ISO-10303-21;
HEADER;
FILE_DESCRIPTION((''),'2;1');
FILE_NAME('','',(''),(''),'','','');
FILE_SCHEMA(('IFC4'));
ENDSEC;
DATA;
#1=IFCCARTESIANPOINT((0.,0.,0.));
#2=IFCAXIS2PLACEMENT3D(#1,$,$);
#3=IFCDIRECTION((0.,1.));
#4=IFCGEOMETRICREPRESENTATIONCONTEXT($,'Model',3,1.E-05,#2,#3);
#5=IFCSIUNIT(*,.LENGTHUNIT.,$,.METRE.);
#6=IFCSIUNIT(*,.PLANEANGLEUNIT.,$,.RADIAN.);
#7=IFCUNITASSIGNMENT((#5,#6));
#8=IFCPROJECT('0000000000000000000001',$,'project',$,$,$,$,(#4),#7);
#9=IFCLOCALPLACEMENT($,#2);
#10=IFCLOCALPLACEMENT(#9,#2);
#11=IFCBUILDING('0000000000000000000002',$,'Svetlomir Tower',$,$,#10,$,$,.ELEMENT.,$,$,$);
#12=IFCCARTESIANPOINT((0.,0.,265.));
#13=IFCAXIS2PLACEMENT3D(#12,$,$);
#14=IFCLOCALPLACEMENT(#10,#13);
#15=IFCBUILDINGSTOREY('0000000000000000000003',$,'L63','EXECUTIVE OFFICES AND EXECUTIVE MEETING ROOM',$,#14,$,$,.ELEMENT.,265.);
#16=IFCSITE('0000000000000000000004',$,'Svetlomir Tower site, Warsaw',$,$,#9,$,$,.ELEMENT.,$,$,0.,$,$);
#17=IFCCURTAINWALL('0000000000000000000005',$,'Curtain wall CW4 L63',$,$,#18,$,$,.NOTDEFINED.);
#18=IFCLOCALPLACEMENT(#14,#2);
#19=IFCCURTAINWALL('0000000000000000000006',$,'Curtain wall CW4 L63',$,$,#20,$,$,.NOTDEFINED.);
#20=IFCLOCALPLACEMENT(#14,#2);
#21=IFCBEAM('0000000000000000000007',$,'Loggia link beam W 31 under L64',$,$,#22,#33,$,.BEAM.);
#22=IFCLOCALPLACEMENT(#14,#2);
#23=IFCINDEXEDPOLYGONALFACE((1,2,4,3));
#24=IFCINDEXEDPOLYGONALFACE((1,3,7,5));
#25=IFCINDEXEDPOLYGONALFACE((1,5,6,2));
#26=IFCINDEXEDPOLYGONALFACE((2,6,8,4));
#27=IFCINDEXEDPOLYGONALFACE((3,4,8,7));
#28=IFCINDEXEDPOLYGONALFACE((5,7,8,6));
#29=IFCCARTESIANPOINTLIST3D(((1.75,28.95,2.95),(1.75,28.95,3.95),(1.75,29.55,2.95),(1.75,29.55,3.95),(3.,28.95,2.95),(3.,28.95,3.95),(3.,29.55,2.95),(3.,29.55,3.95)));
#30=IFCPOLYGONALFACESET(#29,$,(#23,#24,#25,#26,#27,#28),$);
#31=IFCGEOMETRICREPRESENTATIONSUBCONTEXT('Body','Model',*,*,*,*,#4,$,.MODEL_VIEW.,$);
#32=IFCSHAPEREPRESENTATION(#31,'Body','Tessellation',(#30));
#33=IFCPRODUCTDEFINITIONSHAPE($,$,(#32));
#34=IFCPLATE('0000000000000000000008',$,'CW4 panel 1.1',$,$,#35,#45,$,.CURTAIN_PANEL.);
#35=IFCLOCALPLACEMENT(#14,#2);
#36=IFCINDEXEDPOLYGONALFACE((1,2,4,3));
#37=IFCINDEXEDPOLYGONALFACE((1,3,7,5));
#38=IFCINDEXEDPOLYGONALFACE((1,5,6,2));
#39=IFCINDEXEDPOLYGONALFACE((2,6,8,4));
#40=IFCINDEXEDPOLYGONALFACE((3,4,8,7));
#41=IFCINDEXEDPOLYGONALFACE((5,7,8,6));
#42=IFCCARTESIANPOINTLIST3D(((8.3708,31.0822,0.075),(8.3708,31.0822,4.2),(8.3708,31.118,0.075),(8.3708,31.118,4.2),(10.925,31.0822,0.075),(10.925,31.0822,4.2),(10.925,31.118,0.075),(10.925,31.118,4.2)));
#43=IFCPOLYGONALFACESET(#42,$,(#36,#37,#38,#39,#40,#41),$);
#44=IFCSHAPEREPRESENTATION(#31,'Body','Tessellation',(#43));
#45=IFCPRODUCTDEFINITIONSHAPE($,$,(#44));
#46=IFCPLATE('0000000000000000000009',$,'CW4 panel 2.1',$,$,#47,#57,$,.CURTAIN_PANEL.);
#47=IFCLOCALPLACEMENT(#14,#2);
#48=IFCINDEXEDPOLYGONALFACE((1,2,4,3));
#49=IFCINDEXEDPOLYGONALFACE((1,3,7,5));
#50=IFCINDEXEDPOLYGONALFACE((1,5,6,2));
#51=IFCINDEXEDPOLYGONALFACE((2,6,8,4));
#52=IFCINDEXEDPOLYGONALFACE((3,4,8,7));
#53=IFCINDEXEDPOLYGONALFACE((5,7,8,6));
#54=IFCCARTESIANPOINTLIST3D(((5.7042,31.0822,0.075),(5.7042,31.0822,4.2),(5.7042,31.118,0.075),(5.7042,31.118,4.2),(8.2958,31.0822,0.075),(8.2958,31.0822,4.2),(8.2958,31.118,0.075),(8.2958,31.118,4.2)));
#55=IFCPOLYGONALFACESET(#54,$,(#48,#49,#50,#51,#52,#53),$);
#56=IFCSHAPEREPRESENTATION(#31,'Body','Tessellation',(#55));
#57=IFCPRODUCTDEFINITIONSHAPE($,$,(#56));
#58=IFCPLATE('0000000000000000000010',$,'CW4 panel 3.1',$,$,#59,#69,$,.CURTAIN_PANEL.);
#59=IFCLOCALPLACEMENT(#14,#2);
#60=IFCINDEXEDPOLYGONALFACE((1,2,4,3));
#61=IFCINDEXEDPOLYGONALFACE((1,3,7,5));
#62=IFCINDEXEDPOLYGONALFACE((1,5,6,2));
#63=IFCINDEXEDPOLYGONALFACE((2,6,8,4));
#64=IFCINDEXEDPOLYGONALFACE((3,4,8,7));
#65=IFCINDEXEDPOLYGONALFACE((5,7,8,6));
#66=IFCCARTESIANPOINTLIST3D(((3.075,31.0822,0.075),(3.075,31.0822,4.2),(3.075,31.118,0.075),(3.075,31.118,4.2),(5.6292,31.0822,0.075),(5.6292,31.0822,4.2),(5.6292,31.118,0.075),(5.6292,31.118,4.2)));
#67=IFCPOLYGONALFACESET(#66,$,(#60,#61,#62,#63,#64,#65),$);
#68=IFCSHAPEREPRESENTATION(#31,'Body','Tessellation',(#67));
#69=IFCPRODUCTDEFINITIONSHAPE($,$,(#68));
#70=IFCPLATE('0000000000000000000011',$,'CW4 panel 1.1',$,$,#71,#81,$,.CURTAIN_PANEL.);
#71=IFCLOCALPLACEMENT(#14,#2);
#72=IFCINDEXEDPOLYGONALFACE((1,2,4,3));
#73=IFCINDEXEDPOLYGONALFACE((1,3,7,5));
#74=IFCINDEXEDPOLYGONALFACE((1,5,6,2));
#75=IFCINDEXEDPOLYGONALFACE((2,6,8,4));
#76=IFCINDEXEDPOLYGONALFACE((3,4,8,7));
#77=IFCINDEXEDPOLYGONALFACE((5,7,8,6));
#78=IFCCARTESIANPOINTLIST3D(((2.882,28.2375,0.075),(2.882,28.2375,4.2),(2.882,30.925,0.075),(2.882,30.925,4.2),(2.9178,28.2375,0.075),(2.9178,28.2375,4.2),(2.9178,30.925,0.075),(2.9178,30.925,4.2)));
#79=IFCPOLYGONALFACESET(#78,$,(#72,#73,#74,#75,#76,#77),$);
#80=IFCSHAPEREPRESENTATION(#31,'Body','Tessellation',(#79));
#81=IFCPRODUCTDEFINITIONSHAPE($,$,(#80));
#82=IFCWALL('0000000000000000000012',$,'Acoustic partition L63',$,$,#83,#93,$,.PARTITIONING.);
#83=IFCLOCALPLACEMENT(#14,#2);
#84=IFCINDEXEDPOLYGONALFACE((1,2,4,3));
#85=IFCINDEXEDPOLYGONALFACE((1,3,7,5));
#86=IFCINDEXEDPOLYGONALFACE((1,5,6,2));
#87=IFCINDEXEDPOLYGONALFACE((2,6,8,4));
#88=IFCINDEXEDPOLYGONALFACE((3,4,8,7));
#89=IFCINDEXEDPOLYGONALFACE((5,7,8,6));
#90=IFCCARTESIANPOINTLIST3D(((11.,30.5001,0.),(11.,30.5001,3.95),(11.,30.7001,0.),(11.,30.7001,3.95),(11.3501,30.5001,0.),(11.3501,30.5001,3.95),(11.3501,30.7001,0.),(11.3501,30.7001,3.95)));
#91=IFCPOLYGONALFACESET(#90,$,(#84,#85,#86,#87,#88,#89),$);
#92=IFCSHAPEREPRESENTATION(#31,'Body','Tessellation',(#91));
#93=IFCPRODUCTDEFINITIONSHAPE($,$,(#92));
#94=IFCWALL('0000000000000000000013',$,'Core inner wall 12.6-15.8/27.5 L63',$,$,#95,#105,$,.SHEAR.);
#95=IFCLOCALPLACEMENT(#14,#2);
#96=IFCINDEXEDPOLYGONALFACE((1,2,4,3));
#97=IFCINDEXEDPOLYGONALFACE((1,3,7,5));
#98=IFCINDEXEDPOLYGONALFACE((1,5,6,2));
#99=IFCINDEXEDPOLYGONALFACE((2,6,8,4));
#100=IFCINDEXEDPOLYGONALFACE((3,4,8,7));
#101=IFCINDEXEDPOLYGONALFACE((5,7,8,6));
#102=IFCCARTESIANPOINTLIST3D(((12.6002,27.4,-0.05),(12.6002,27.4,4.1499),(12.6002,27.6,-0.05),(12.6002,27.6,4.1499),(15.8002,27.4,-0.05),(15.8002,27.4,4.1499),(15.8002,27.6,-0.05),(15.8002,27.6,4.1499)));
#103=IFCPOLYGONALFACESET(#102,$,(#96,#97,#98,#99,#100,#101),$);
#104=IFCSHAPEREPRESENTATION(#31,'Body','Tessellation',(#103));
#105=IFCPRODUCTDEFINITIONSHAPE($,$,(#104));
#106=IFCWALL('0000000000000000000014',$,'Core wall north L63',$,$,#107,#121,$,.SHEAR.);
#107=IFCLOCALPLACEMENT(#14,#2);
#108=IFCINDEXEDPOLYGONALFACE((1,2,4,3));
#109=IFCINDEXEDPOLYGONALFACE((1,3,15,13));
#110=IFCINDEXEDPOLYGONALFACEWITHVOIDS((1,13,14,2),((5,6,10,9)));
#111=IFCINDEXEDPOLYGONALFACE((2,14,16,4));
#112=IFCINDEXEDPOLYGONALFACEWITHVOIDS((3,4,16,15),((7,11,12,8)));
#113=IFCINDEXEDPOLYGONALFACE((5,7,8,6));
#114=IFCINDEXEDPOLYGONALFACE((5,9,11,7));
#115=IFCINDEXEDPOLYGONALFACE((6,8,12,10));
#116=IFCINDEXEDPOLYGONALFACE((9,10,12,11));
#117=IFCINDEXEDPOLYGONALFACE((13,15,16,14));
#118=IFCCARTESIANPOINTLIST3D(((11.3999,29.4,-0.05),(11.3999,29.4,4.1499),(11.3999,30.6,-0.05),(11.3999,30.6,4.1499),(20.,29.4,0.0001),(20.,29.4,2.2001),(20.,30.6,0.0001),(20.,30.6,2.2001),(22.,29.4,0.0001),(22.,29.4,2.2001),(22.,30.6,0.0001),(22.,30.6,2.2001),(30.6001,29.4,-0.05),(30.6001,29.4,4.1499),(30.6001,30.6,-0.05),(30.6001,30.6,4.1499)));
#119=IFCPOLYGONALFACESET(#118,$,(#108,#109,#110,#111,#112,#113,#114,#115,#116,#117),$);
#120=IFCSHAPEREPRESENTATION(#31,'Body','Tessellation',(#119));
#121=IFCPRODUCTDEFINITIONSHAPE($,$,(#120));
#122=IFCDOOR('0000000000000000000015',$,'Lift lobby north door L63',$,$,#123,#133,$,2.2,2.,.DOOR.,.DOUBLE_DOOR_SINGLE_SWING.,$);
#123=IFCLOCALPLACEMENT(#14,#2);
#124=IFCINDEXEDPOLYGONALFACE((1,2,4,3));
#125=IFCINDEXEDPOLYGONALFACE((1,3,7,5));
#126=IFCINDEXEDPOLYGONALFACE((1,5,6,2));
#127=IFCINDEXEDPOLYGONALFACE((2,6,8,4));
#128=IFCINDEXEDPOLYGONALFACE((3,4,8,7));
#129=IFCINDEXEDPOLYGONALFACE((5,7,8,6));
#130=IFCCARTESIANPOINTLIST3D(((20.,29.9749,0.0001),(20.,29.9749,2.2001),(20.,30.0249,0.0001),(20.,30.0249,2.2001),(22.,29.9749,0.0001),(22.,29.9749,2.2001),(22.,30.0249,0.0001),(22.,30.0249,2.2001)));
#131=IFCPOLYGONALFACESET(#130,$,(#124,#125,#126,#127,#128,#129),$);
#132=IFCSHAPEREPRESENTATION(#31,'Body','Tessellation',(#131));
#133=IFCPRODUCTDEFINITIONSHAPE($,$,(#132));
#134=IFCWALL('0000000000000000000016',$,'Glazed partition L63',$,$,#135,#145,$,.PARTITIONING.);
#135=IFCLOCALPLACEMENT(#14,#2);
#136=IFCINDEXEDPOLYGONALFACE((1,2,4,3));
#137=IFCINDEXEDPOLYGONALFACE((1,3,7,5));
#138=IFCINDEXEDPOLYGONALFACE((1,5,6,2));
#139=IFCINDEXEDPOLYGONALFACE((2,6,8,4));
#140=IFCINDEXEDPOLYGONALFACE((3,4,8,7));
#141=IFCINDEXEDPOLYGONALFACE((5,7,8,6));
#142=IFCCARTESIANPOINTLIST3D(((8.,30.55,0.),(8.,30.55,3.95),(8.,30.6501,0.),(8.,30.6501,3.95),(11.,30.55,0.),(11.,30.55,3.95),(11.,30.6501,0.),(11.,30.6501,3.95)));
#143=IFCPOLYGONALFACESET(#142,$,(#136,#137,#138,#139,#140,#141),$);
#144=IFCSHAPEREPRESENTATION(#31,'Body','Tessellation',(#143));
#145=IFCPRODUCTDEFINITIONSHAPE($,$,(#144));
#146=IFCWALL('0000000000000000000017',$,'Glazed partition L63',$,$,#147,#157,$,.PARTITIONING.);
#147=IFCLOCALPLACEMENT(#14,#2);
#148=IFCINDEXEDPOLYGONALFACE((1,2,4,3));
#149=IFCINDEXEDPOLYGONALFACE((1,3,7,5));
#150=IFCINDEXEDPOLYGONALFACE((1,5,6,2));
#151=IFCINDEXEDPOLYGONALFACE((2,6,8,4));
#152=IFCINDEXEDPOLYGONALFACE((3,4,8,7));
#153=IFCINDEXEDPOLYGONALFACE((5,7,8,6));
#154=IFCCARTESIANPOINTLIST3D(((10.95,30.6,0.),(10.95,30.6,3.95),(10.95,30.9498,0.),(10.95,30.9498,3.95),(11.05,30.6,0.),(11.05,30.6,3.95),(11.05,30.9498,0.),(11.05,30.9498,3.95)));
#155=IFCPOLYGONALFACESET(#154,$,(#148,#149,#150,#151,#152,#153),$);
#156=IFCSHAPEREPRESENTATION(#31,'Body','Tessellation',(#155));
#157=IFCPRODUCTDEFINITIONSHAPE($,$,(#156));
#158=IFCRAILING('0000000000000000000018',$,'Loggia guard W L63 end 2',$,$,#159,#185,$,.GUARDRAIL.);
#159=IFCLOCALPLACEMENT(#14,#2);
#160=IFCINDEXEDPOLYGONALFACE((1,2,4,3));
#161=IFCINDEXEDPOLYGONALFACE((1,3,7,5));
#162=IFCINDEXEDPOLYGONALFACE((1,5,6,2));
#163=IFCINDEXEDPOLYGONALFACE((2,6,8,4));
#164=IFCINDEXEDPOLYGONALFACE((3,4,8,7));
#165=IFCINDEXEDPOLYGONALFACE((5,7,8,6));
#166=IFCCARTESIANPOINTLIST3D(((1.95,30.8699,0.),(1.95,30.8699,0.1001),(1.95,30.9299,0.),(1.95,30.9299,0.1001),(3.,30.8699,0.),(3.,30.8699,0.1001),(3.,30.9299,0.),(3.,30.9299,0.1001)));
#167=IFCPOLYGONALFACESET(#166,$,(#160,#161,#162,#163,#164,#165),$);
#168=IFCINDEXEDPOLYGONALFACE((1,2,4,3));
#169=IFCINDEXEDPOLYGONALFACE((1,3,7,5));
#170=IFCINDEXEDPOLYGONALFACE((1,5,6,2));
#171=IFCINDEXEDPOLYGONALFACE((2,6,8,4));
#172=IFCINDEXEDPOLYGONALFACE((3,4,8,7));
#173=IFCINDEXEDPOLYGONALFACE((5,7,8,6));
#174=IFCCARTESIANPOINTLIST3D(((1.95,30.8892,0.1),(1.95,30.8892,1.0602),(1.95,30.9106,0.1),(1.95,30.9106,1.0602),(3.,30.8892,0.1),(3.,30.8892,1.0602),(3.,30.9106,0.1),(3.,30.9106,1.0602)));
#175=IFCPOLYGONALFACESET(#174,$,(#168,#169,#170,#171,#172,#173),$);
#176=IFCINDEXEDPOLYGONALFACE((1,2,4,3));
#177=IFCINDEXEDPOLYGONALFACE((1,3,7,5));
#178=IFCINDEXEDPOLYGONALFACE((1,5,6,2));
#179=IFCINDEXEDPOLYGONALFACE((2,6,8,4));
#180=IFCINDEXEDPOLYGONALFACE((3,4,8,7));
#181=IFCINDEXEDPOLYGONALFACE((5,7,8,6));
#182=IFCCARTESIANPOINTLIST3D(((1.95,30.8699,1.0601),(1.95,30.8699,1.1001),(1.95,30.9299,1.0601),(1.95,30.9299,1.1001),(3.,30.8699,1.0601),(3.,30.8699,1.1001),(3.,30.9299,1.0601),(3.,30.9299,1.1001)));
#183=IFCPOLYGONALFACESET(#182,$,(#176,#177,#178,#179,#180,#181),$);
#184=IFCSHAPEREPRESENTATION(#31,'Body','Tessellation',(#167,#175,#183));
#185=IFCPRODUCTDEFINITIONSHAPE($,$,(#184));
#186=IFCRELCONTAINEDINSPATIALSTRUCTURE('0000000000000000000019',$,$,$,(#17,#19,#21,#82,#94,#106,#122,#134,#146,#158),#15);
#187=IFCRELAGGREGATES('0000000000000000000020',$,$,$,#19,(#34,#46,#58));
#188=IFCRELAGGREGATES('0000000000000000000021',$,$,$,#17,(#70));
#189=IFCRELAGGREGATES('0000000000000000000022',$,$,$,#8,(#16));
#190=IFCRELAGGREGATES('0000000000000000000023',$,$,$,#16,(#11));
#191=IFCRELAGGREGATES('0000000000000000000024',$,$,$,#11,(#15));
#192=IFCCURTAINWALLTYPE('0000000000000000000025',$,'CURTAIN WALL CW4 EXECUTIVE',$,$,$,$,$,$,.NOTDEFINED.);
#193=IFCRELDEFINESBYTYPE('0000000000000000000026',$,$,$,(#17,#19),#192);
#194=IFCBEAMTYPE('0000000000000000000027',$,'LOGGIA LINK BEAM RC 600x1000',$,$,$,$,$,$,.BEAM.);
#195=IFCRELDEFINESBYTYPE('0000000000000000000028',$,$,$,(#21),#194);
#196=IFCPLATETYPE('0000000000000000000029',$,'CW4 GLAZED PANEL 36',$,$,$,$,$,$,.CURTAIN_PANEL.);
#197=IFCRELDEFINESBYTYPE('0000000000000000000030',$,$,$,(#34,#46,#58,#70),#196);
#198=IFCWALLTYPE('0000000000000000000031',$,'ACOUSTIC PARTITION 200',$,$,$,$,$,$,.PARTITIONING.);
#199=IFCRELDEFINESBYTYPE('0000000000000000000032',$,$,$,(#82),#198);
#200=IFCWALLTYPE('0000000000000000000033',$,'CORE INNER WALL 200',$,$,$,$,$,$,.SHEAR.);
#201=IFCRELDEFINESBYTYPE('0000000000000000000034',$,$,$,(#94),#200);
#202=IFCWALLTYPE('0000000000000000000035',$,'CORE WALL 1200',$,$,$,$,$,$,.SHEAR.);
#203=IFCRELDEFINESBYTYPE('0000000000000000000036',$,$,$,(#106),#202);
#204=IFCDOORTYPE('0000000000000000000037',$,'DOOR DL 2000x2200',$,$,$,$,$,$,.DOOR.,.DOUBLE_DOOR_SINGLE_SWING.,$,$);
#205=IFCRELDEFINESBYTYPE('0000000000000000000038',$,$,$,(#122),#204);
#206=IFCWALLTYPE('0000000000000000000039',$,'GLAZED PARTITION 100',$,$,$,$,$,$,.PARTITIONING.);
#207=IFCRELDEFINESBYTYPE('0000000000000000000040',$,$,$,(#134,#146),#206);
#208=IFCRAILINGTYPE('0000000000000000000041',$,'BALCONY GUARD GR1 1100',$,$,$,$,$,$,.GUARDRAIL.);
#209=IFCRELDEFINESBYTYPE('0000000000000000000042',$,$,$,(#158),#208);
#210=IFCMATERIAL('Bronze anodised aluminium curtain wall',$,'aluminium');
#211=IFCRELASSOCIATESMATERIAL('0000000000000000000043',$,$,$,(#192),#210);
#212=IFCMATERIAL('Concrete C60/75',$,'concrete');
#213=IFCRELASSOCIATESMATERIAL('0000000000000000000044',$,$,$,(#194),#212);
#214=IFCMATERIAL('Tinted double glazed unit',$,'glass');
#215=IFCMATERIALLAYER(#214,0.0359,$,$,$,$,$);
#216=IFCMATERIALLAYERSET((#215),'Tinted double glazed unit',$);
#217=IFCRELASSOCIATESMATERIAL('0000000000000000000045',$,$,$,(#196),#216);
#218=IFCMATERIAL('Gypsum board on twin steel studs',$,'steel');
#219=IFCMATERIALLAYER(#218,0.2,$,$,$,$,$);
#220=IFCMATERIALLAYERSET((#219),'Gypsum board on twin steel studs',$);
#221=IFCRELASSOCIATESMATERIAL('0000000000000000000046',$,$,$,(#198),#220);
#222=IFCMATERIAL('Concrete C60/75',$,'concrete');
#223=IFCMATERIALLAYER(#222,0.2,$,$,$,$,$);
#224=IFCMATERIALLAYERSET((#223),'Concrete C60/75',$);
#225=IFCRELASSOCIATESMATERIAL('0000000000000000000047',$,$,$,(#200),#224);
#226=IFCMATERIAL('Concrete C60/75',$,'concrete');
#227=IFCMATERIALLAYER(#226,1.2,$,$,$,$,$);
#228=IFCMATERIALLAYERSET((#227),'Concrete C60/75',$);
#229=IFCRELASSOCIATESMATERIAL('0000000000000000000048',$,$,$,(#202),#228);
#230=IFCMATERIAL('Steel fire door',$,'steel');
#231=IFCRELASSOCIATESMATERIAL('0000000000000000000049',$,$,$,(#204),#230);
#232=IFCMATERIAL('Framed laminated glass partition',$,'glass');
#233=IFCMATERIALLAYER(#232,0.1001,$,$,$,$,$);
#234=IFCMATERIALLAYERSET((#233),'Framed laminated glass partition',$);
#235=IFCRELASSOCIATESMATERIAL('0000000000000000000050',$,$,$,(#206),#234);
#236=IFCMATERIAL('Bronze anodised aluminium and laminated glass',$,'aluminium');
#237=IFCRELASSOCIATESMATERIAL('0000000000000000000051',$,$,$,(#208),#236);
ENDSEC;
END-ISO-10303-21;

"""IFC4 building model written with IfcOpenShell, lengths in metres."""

from ifc_helpers import new_model, si_unit, direction, frame, frame_2d, origin, origin_2d, place, context, subcontext, project, spatial, rectangle, extrude, material, layer, layer_set, material_profile, profile_set, type_object, element, fill, aggregate, save


model = new_model("IFC4")

# Units and contexts
model_context = context("Model", 3, precision=1e-05, world=origin(), true_north=direction((0.0, 1.0)))
body_context = subcontext(model_context, "Body", "Model", "MODEL_VIEW")
ifc_project = project(units=[si_unit("LENGTHUNIT", "METRE"), si_unit("PLANEANGLEUNIT", "RADIAN")], contexts=[model_context])

# Site, building, storey
site_placement = place(None, origin())
site = spatial("IfcSite", under=ifc_project, at=site_placement, Name="Svetlomir Tower site, Warsaw", CompositionType="ELEMENT", RefElevation=0.0)
building_placement = place(site_placement, origin())
building = spatial("IfcBuilding", under=site, at=building_placement, Name="Svetlomir Tower", CompositionType="ELEMENT")
storey_placement = place(building_placement, frame((0.0, 0.0, 265.0)))
storey = spatial("IfcBuildingStorey", under=building, at=storey_placement, Name="L63", Description="EXECUTIVE OFFICES AND EXECUTIVE MEETING ROOM", CompositionType="ELEMENT", Elevation=265.0)

# Curtain wall
ifc_material_1 = material(Name="Bronze anodised aluminium curtain wall", Category="aluminium")
curtain_wall_type = type_object("IfcCurtainWallType", Name="CURTAIN WALL CW4 EXECUTIVE", PredefinedType="NOTDEFINED", material=ifc_material_1)
curtain_wall_1_placement = place(storey_placement, origin())
curtain_wall_1 = element("IfcCurtainWall", 1, at=curtain_wall_1_placement, inside=storey, type_object=curtain_wall_type, Name="Curtain wall CW4 L63", PredefinedType="NOTDEFINED")

# Curtain wall
curtain_wall_2_placement = place(storey_placement, origin())
curtain_wall_2 = element("IfcCurtainWall", 2, at=curtain_wall_2_placement, inside=storey, type_object=curtain_wall_type, Name="Curtain wall CW4 L63", PredefinedType="NOTDEFINED")

# Beam
ifc_material_2 = material(Name="Concrete C60/75", Category="concrete")
ifc_material_profile_1 = material_profile(ifc_material_2, rectangle(XDim=0.6001, YDim=1.0, at=origin_2d()), Name="RC 600x1000")
ifc_profile_set_1 = profile_set([ifc_material_profile_1], Name="Concrete C60/75")
beam_type_1 = type_object("IfcBeamType", Name="LOGGIA LINK BEAM RC 600x1000", PredefinedType="BEAM", material=ifc_profile_set_1)
beam_1_placement = place(storey_placement, frame((1.75, 29.25, 3.45), z_axis=(1.0, 0.0, 0.0), x_axis=(0.0, 1.0, 0.0)))
element("IfcBeam", 3, at=beam_1_placement, inside=storey, type_object=beam_type_1, Name="Loggia link beam W 31 under L64", PredefinedType="BEAM", context=body_context, shape_type="SweptSolid", body=[
    extrude(rectangle(XDim=0.6001, YDim=1.0, at=origin_2d()), origin(), (0.0, 0.0, 1.0), 1.25),
])

# Plates
ifc_material_3 = material(Name="Tinted double glazed unit", Category="glass")
ifc_layer_1 = layer(ifc_material_3, 0.0359)
ifc_layer_set_1 = layer_set([ifc_layer_1], Name="Tinted double glazed unit")
plate_type = type_object("IfcPlateType", Name="CW4 GLAZED PANEL 36", PredefinedType="CURTAIN_PANEL", material=ifc_layer_set_1)
plate_1_placement = place(storey_placement, frame((9.6479, 31.1001, 0.075), z_axis=(0.0, 0.0, 1.0), x_axis=(-1.0, 0.0, 0.0)))
plate_1 = element("IfcPlate", 4, at=plate_1_placement, type_object=plate_type, Name="CW4 panel 1.1", PredefinedType="CURTAIN_PANEL", context=body_context, shape_type="SweptSolid", body=[
    extrude(rectangle(XDim=2.5542, YDim=0.0359, at=origin_2d()), origin(), (0.0, 0.0, 1.0), 4.125),
])
plate_2_placement = place(storey_placement, frame((7.0, 31.1001, 0.075), z_axis=(0.0, 0.0, 1.0), x_axis=(-1.0, 0.0, 0.0)))
plate_2 = element("IfcPlate", 5, at=plate_2_placement, type_object=plate_type, Name="CW4 panel 2.1", PredefinedType="CURTAIN_PANEL", context=body_context, shape_type="SweptSolid", body=[
    extrude(rectangle(XDim=2.5916, YDim=0.0359, at=origin_2d()), origin(), (0.0, 0.0, 1.0), 4.125),
])
plate_3_placement = place(storey_placement, frame((4.3521, 31.1001, 0.075), z_axis=(0.0, 0.0, 1.0), x_axis=(-1.0, 0.0, 0.0)))
plate_3 = element("IfcPlate", 6, at=plate_3_placement, type_object=plate_type, Name="CW4 panel 3.1", PredefinedType="CURTAIN_PANEL", context=body_context, shape_type="SweptSolid", body=[
    extrude(rectangle(XDim=2.5542, YDim=0.0359, at=origin_2d()), origin(), (0.0, 0.0, 1.0), 4.125),
])
aggregate(curtain_wall_2, [plate_1, plate_2, plate_3])
plate_4_placement = place(storey_placement, frame((2.8999, 29.5813, 0.075), z_axis=(0.0, 0.0, 1.0), x_axis=(0.0, -1.0, 0.0)))
plate_4 = element("IfcPlate", 7, at=plate_4_placement, type_object=plate_type, Name="CW4 panel 1.1", PredefinedType="CURTAIN_PANEL", context=body_context, shape_type="SweptSolid", body=[
    extrude(rectangle(XDim=2.6875, YDim=0.0359, at=origin_2d()), origin(), (0.0, 0.0, 1.0), 4.125),
])
aggregate(curtain_wall_1, [plate_4])

# Walls
ifc_material_4 = material(Name="Gypsum board on twin steel studs", Category="steel")
ifc_layer_2 = layer(ifc_material_4, 0.2)
ifc_layer_set_2 = layer_set([ifc_layer_2], Name="Gypsum board on twin steel studs")
wall_type_1 = type_object("IfcWallType", Name="ACOUSTIC PARTITION 200", PredefinedType="PARTITIONING", material=ifc_layer_set_2)
wall_1_placement = place(storey_placement, frame((11.0, 30.6001, 0.0), z_axis=(0.0, 0.0, 1.0), x_axis=(1.0, 0.0, 0.0)))
element("IfcWall", 8, at=wall_1_placement, inside=storey, type_object=wall_type_1, Name="Acoustic partition L63", PredefinedType="PARTITIONING", context=body_context, shape_type="SweptSolid", body=[
    extrude(rectangle(XDim=0.3501, YDim=0.2, at=frame_2d((0.175, 0.0))), origin(), (0.0, 0.0, 1.0), 3.95),
])
ifc_material_5 = material(Name="Concrete C60/75", Category="concrete")
ifc_layer_3 = layer(ifc_material_5, 0.2)
ifc_layer_set_3 = layer_set([ifc_layer_3], Name="Concrete C60/75")
wall_type_2 = type_object("IfcWallType", Name="CORE INNER WALL 200", PredefinedType="SHEAR", material=ifc_layer_set_3)
wall_2_placement = place(storey_placement, frame((12.6001, 27.5, -0.05), z_axis=(0.0, 0.0, 1.0), x_axis=(1.0, 0.0, 0.0)))
element("IfcWall", 9, at=wall_2_placement, inside=storey, type_object=wall_type_2, Name="Core inner wall 12.6-15.8/27.5 L63", PredefinedType="SHEAR", context=body_context, shape_type="SweptSolid", body=[
    extrude(rectangle(XDim=3.2, YDim=0.2, at=frame_2d((1.6001, 0.0))), origin(), (0.0, 0.0, 1.0), 4.2),
])

# Wall, opening, door
ifc_material_6 = material(Name="Concrete C60/75", Category="concrete")
ifc_layer_4 = layer(ifc_material_6, 1.2)
ifc_layer_set_4 = layer_set([ifc_layer_4], Name="Concrete C60/75")
wall_type_3 = type_object("IfcWallType", Name="CORE WALL 1200", PredefinedType="SHEAR", material=ifc_layer_set_4)
wall_3_placement = place(storey_placement, frame((11.3999, 30.0, -0.05), z_axis=(0.0, 0.0, 1.0), x_axis=(1.0, 0.0, 0.0)))
wall_3 = element("IfcWall", 10, at=wall_3_placement, inside=storey, type_object=wall_type_3, Name="Core wall north L63", PredefinedType="SHEAR", context=body_context, shape_type="SweptSolid", body=[
    extrude(rectangle(XDim=19.2002, YDim=1.2, at=frame_2d((9.6001, 0.0))), origin(), (0.0, 0.0, 1.0), 4.2),
])
opening_placement = place(wall_3_placement, frame((8.6001, 0.0, 0.05)))
opening = element("IfcOpeningElement", 11, at=opening_placement, cuts=wall_3, PredefinedType="OPENING", context=body_context, shape_type="SweptSolid", body=[
    extrude(rectangle(XDim=2.0, YDim=2.2, at=frame_2d((1.0, 1.1001))), frame((0.0, 0.6099, 0.0), z_axis=(0.0, -1.0, 0.0), x_axis=(1.0, 0.0, 0.0)), (0.0, 0.0, 1.0), 1.22),
])
ifc_material_7 = material(Name="Steel fire door", Category="steel")
door_type = type_object("IfcDoorType", Name="DOOR DL 2000x2200", OperationType="DOUBLE_DOOR_SINGLE_SWING", PredefinedType="DOOR", material=ifc_material_7)
door_placement = place(opening_placement, origin())
door = element("IfcDoor", 12, at=door_placement, inside=storey, type_object=door_type, Name="Lift lobby north door L63", OperationType="DOUBLE_DOOR_SINGLE_SWING", OverallHeight=2.2, OverallWidth=2.0, PredefinedType="DOOR", context=body_context, shape_type="SweptSolid", body=[
    extrude(rectangle(XDim=2.0, YDim=2.2, at=frame_2d((1.0, 1.1001))), frame((0.0, 0.0249, 0.0), z_axis=(0.0, -1.0, 0.0), x_axis=(1.0, 0.0, 0.0)), (0.0, 0.0, 1.0), 0.05),
])
fill(opening, door)

# Walls
ifc_material_8 = material(Name="Framed laminated glass partition", Category="glass")
ifc_layer_5 = layer(ifc_material_8, 0.1001)
ifc_layer_set_5 = layer_set([ifc_layer_5], Name="Framed laminated glass partition")
wall_type_4 = type_object("IfcWallType", Name="GLAZED PARTITION 100", PredefinedType="PARTITIONING", material=ifc_layer_set_5)
wall_4_placement = place(storey_placement, frame((8.0, 30.6001, 0.0), z_axis=(0.0, 0.0, 1.0), x_axis=(1.0, 0.0, 0.0)))
element("IfcWall", 13, at=wall_4_placement, inside=storey, type_object=wall_type_4, Name="Glazed partition L63", PredefinedType="PARTITIONING", context=body_context, shape_type="SweptSolid", body=[
    extrude(rectangle(XDim=3.0, YDim=0.1001, at=frame_2d((1.5, 0.0))), origin(), (0.0, 0.0, 1.0), 3.95),
])
wall_5_placement = place(storey_placement, frame((11.0, 30.6001, 0.0), z_axis=(0.0, 0.0, 1.0), x_axis=(0.0, 1.0, 0.0)))
element("IfcWall", 14, at=wall_5_placement, inside=storey, type_object=wall_type_4, Name="Glazed partition L63", PredefinedType="PARTITIONING", context=body_context, shape_type="SweptSolid", body=[
    extrude(rectangle(XDim=0.3499, YDim=0.1001, at=frame_2d((0.1748, 0.0))), origin(), (0.0, 0.0, 1.0), 3.95),
])

# Railing
ifc_material_9 = material(Name="Bronze anodised aluminium and laminated glass", Category="aluminium")
railing_type = type_object("IfcRailingType", Name="BALCONY GUARD GR1 1100", PredefinedType="GUARDRAIL", material=ifc_material_9)
railing_placement = place(storey_placement, frame((1.95, 30.8999, 0.0)))
element("IfcRailing", 15, at=railing_placement, inside=storey, type_object=railing_type, Name="Loggia guard W L63 end 2", PredefinedType="GUARDRAIL", context=body_context, shape_type="SweptSolid", body=[
    extrude(rectangle(XDim=0.0601, YDim=0.1001, at=origin_2d()), frame((0.0, 0.0, 0.05), z_axis=(1.0, 0.0, 0.0), x_axis=(0.0, 1.0, 0.0)), (0.0, 0.0, 1.0), 1.05),
    extrude(rectangle(XDim=0.0215, YDim=0.9602, at=origin_2d()), frame((0.0, 0.0, 0.5801), z_axis=(1.0, 0.0, 0.0), x_axis=(0.0, 1.0, 0.0)), (0.0, 0.0, 1.0), 1.05),
    extrude(rectangle(XDim=0.0601, YDim=0.04, at=origin_2d()), frame((0.0, 0.0, 1.0801), z_axis=(1.0, 0.0, 0.0), x_axis=(0.0, 1.0, 0.0)), (0.0, 0.0, 1.0), 1.05),
])

save(model, "model.ifc")
